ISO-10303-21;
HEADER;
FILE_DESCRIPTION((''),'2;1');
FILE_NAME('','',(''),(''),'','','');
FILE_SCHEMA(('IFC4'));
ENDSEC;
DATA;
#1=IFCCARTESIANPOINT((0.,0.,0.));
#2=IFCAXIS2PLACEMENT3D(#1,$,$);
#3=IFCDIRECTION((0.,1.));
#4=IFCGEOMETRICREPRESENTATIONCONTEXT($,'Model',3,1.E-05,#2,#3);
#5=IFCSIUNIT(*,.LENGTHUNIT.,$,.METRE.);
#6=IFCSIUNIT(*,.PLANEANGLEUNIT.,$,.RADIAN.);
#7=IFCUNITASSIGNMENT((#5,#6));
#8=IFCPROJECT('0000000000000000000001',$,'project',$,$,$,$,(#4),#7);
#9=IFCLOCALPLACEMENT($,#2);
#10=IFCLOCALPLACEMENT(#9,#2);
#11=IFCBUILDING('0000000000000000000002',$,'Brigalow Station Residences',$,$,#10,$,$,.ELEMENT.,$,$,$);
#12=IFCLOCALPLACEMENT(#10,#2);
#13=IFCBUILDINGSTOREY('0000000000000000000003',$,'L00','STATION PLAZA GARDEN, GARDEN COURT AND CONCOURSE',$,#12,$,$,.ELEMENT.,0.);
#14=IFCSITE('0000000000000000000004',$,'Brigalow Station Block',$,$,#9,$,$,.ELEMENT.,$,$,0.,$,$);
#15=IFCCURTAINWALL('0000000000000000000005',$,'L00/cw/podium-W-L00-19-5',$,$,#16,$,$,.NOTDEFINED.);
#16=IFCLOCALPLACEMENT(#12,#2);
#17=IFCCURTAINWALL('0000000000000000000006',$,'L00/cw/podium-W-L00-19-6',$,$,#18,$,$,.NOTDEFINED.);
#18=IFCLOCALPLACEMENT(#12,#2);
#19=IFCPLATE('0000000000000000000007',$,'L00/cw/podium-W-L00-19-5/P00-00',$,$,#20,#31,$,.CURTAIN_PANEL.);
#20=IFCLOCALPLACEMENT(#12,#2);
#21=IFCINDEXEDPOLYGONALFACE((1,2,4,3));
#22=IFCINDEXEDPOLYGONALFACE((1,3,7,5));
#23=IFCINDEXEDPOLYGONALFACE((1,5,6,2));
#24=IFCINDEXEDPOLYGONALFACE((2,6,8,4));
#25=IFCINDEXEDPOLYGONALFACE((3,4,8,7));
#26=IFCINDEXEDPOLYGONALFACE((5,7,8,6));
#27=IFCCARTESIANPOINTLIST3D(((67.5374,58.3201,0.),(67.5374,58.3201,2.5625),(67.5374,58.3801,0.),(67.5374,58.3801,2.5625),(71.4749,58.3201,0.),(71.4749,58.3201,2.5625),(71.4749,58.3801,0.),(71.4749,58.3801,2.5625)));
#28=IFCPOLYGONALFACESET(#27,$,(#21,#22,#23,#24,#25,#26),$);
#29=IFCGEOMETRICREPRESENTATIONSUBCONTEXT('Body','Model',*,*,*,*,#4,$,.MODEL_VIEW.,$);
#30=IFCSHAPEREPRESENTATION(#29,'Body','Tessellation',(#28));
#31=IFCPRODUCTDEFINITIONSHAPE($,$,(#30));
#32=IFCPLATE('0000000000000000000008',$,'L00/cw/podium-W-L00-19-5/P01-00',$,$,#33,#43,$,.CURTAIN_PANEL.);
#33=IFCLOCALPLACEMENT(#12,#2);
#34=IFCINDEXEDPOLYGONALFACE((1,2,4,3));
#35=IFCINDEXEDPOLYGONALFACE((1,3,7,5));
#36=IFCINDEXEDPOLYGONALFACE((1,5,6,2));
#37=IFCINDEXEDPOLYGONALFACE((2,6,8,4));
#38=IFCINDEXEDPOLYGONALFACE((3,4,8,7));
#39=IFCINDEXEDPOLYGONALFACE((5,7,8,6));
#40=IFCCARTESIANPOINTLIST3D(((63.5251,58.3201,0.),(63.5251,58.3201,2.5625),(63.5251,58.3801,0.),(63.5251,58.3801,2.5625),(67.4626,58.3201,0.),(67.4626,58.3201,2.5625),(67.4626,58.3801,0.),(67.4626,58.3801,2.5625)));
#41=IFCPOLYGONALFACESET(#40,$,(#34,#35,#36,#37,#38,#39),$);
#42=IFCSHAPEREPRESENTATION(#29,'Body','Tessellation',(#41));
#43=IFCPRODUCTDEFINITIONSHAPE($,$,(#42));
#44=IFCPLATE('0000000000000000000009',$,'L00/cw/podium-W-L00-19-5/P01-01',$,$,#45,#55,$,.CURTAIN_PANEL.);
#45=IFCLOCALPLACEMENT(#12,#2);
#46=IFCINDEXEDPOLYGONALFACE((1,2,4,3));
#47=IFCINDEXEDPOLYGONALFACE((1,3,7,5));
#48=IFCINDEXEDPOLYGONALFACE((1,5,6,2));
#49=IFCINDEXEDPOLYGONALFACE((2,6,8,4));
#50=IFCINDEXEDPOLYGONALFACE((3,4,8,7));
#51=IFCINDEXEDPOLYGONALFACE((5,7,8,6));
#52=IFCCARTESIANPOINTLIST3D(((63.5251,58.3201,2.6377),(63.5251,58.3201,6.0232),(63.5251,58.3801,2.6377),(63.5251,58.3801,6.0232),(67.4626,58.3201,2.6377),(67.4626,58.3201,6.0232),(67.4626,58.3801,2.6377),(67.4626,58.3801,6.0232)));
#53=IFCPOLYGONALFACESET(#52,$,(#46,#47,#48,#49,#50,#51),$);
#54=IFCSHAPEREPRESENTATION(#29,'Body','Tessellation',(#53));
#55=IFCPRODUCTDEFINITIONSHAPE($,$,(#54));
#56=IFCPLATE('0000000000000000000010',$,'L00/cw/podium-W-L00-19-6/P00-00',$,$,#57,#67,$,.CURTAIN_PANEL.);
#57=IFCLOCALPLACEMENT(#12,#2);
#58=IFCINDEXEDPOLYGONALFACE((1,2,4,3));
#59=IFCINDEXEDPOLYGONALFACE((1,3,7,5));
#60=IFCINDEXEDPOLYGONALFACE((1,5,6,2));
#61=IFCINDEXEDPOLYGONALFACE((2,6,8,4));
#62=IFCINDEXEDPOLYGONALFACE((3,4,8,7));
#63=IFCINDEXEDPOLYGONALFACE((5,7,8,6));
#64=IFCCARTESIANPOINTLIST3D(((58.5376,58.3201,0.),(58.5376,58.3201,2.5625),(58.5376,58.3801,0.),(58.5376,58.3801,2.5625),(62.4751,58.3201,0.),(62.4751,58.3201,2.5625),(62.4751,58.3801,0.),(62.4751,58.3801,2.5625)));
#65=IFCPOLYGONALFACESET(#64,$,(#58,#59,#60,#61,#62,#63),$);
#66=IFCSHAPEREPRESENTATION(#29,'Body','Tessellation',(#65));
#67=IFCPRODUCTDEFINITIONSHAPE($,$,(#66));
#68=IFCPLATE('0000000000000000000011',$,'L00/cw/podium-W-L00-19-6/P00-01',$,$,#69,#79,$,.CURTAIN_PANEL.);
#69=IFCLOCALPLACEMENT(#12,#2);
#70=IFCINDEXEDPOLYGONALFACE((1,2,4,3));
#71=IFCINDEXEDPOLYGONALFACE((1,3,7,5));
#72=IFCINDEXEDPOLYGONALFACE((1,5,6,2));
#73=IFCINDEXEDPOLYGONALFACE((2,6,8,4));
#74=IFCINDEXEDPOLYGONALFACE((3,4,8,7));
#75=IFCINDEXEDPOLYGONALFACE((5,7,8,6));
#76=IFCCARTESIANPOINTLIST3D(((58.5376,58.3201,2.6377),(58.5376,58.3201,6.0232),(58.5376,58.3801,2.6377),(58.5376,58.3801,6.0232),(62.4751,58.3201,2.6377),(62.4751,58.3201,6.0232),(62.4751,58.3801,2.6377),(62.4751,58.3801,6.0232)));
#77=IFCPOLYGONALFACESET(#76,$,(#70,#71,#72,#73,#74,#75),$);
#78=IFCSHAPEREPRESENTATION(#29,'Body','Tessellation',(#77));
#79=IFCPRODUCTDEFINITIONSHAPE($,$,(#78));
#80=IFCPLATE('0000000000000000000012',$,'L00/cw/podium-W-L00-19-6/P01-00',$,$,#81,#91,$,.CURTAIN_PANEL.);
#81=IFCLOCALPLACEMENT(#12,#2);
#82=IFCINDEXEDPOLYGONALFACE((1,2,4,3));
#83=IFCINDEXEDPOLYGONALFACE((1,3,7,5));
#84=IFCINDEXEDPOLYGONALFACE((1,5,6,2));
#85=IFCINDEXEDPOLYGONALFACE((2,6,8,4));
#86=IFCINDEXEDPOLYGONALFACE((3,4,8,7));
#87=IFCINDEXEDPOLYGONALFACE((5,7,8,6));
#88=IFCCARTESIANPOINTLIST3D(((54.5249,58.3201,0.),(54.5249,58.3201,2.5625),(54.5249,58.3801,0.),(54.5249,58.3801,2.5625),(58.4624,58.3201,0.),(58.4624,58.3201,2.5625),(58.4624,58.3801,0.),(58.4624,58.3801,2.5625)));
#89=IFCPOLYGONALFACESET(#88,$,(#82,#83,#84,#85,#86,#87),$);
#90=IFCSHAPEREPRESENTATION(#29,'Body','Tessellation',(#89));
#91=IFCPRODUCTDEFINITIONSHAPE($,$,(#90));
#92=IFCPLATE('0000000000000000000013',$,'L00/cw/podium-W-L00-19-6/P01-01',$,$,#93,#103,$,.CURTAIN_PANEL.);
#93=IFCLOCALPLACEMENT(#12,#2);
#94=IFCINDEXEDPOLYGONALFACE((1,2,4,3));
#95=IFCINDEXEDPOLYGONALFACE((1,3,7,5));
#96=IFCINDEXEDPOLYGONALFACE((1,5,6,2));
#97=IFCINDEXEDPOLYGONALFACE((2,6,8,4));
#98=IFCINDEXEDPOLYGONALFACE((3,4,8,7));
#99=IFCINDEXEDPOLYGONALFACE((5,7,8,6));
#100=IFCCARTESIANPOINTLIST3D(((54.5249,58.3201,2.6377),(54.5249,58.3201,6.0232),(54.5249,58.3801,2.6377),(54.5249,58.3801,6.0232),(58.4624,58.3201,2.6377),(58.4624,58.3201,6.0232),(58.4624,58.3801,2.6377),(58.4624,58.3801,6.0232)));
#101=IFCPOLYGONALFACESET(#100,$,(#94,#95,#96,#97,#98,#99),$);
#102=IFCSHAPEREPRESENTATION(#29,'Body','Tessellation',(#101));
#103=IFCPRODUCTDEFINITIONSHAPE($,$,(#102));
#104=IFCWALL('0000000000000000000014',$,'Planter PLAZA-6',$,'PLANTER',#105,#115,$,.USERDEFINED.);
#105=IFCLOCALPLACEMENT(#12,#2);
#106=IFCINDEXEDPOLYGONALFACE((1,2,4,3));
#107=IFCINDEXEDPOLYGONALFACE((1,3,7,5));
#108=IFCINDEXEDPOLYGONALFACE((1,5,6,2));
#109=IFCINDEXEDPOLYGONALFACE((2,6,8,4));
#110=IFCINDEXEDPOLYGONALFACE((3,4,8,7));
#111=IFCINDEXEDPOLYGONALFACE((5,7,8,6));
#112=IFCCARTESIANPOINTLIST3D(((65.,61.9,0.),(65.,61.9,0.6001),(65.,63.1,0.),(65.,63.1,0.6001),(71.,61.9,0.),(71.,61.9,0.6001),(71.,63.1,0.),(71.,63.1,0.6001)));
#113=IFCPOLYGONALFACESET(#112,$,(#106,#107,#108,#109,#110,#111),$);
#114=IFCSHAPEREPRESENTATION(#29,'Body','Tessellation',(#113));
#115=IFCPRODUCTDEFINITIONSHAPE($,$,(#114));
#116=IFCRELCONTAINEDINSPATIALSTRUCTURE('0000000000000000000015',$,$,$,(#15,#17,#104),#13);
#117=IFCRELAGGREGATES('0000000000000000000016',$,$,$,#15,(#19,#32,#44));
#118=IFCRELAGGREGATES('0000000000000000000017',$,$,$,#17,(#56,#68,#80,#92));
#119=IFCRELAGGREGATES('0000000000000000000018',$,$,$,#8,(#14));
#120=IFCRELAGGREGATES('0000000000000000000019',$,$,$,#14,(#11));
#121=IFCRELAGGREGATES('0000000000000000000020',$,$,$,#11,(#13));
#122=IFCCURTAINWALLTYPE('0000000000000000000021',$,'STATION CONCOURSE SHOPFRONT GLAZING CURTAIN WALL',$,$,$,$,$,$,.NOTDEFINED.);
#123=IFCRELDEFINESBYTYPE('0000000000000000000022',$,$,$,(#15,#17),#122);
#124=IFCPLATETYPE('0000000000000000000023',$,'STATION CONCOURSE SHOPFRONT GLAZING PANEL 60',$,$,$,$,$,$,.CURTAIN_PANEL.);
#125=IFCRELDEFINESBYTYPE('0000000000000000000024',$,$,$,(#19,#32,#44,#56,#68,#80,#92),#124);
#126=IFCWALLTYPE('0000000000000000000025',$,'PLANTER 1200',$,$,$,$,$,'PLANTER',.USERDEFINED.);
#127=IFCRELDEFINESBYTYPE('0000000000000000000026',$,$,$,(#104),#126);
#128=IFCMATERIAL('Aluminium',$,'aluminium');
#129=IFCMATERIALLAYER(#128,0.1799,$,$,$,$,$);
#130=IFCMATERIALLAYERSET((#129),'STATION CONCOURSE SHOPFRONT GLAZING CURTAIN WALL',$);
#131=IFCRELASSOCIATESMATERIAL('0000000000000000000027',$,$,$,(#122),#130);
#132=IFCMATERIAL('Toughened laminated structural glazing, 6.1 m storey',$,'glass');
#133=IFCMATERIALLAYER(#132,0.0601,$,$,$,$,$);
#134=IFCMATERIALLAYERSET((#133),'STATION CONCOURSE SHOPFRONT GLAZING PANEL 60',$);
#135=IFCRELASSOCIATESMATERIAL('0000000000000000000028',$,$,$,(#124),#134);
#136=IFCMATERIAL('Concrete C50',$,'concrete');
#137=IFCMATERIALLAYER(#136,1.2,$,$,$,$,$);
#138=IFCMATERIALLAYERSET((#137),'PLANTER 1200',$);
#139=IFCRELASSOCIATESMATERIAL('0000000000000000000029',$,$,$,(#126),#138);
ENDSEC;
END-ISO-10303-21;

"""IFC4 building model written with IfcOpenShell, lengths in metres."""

from ifc_helpers import new_model, si_unit, direction, frame, frame_2d, origin, origin_2d, place, context, subcontext, project, spatial, rectangle, extrude, material, layer, layer_set, type_object, element, aggregate, save


model = new_model("IFC4")

# Units and contexts
model_context = context("Model", 3, precision=1e-05, world=origin(), true_north=direction((0.0, 1.0)))
body_context = subcontext(model_context, "Body", "Model", "MODEL_VIEW")
ifc_project = project(units=[si_unit("LENGTHUNIT", "METRE"), si_unit("PLANEANGLEUNIT", "RADIAN")], contexts=[model_context])

# Site, building, storey
site_placement = place(None, origin())
site = spatial("IfcSite", under=ifc_project, at=site_placement, Name="Brigalow Station Block", CompositionType="ELEMENT", RefElevation=0.0)
building_placement = place(site_placement, origin())
building = spatial("IfcBuilding", under=site, at=building_placement, Name="Brigalow Station Residences", CompositionType="ELEMENT")
storey_placement = place(building_placement, origin())
storey = spatial("IfcBuildingStorey", under=building, at=storey_placement, Name="L00", Description="STATION PLAZA GARDEN, GARDEN COURT AND CONCOURSE", CompositionType="ELEMENT", Elevation=0.0)

# Curtain walls
ifc_material_1 = material(Name="Aluminium", Category="aluminium")
ifc_layer_1 = layer(ifc_material_1, 0.1799)
ifc_layer_set_1 = layer_set([ifc_layer_1], Name="STATION CONCOURSE SHOPFRONT GLAZING CURTAIN WALL")
curtain_wall_type = type_object("IfcCurtainWallType", Name="STATION CONCOURSE SHOPFRONT GLAZING CURTAIN WALL", PredefinedType="NOTDEFINED", material=ifc_layer_set_1)
curtain_wall_1_placement = place(storey_placement, origin())
curtain_wall_1 = element("IfcCurtainWall", 1, at=curtain_wall_1_placement, inside=storey, type_object=curtain_wall_type, Name="L00/cw/podium-W-L00-19-5", PredefinedType="NOTDEFINED")
curtain_wall_2_placement = place(storey_placement, origin())
curtain_wall_2 = element("IfcCurtainWall", 2, at=curtain_wall_2_placement, inside=storey, type_object=curtain_wall_type, Name="L00/cw/podium-W-L00-19-6", PredefinedType="NOTDEFINED")

# Plates
ifc_material_2 = material(Name="Toughened laminated structural glazing, 6.1 m storey", Category="glass")
ifc_layer_2 = layer(ifc_material_2, 0.0601)
ifc_layer_set_2 = layer_set([ifc_layer_2], Name="STATION CONCOURSE SHOPFRONT GLAZING PANEL 60")
plate_type = type_object("IfcPlateType", Name="STATION CONCOURSE SHOPFRONT GLAZING PANEL 60", PredefinedType="CURTAIN_PANEL", material=ifc_layer_set_2)
plate_1_placement = place(storey_placement, frame((69.5061, 58.3501, 0.0), z_axis=(0.0, 0.0, 1.0), x_axis=(-1.0, 0.0, 0.0)))
plate_1 = element("IfcPlate", 3, at=plate_1_placement, type_object=plate_type, Name="L00/cw/podium-W-L00-19-5/P00-00", PredefinedType="CURTAIN_PANEL", context=body_context, shape_type="SweptSolid", body=[
    extrude(rectangle(XDim=3.9375, YDim=0.0601, at=origin_2d()), origin(), (0.0, 0.0, 1.0), 2.5625),
])
plate_2_placement = place(storey_placement, frame((65.4939, 58.3501, 0.0), z_axis=(0.0, 0.0, 1.0), x_axis=(-1.0, 0.0, 0.0)))
plate_2 = element("IfcPlate", 4, at=plate_2_placement, type_object=plate_type, Name="L00/cw/podium-W-L00-19-5/P01-00", PredefinedType="CURTAIN_PANEL", context=body_context, shape_type="SweptSolid", body=[
    extrude(rectangle(XDim=3.9375, YDim=0.0601, at=origin_2d()), origin(), (0.0, 0.0, 1.0), 2.5625),
])
plate_3_placement = place(storey_placement, frame((65.4939, 58.3501, 2.6377), z_axis=(0.0, 0.0, 1.0), x_axis=(-1.0, 0.0, 0.0)))
plate_3 = element("IfcPlate", 5, at=plate_3_placement, type_object=plate_type, Name="L00/cw/podium-W-L00-19-5/P01-01", PredefinedType="CURTAIN_PANEL", context=body_context, shape_type="SweptSolid", body=[
    extrude(rectangle(XDim=3.9375, YDim=0.0601, at=origin_2d()), origin(), (0.0, 0.0, 1.0), 3.3855),
])
aggregate(curtain_wall_1, [plate_1, plate_2, plate_3])
plate_4_placement = place(storey_placement, frame((60.5063, 58.3501, 0.0), z_axis=(0.0, 0.0, 1.0), x_axis=(-1.0, 0.0, 0.0)))
plate_4 = element("IfcPlate", 6, at=plate_4_placement, type_object=plate_type, Name="L00/cw/podium-W-L00-19-6/P00-00", PredefinedType="CURTAIN_PANEL", context=body_context, shape_type="SweptSolid", body=[
    extrude(rectangle(XDim=3.9375, YDim=0.0601, at=origin_2d()), origin(), (0.0, 0.0, 1.0), 2.5625),
])
plate_5_placement = place(storey_placement, frame((60.5063, 58.3501, 2.6377), z_axis=(0.0, 0.0, 1.0), x_axis=(-1.0, 0.0, 0.0)))
plate_5 = element("IfcPlate", 7, at=plate_5_placement, type_object=plate_type, Name="L00/cw/podium-W-L00-19-6/P00-01", PredefinedType="CURTAIN_PANEL", context=body_context, shape_type="SweptSolid", body=[
    extrude(rectangle(XDim=3.9375, YDim=0.0601, at=origin_2d()), origin(), (0.0, 0.0, 1.0), 3.3855),
])
plate_6_placement = place(storey_placement, frame((56.4937, 58.3501, 0.0), z_axis=(0.0, 0.0, 1.0), x_axis=(-1.0, 0.0, 0.0)))
plate_6 = element("IfcPlate", 8, at=plate_6_placement, type_object=plate_type, Name="L00/cw/podium-W-L00-19-6/P01-00", PredefinedType="CURTAIN_PANEL", context=body_context, shape_type="SweptSolid", body=[
    extrude(rectangle(XDim=3.9375, YDim=0.0601, at=origin_2d()), origin(), (0.0, 0.0, 1.0), 2.5625),
])
plate_7_placement = place(storey_placement, frame((56.4937, 58.3501, 2.6377), z_axis=(0.0, 0.0, 1.0), x_axis=(-1.0, 0.0, 0.0)))
plate_7 = element("IfcPlate", 9, at=plate_7_placement, type_object=plate_type, Name="L00/cw/podium-W-L00-19-6/P01-01", PredefinedType="CURTAIN_PANEL", context=body_context, shape_type="SweptSolid", body=[
    extrude(rectangle(XDim=3.9375, YDim=0.0601, at=origin_2d()), origin(), (0.0, 0.0, 1.0), 3.3855),
])
aggregate(curtain_wall_2, [plate_4, plate_5, plate_6, plate_7])

# Wall
ifc_material_3 = material(Name="Concrete C50", Category="concrete")
ifc_layer_3 = layer(ifc_material_3, 1.2)
ifc_layer_set_3 = layer_set([ifc_layer_3], Name="PLANTER 1200")
wall_type = type_object("IfcWallType", Name="PLANTER 1200", ElementType="PLANTER", PredefinedType="USERDEFINED", material=ifc_layer_set_3)
wall_placement = place(storey_placement, frame((65.0, 62.5, 0.0), z_axis=(0.0, 0.0, 1.0), x_axis=(1.0, 0.0, 0.0)))
element("IfcWall", 10, at=wall_placement, inside=storey, type_object=wall_type, Name="Planter PLAZA-6", ObjectType="PLANTER", PredefinedType="USERDEFINED", context=body_context, shape_type="SweptSolid", body=[
    extrude(rectangle(XDim=6.0, YDim=1.2, at=frame_2d((3.0, 0.0))), origin(), (0.0, 0.0, 1.0), 0.6001),
])

save(model, "model.ifc")
